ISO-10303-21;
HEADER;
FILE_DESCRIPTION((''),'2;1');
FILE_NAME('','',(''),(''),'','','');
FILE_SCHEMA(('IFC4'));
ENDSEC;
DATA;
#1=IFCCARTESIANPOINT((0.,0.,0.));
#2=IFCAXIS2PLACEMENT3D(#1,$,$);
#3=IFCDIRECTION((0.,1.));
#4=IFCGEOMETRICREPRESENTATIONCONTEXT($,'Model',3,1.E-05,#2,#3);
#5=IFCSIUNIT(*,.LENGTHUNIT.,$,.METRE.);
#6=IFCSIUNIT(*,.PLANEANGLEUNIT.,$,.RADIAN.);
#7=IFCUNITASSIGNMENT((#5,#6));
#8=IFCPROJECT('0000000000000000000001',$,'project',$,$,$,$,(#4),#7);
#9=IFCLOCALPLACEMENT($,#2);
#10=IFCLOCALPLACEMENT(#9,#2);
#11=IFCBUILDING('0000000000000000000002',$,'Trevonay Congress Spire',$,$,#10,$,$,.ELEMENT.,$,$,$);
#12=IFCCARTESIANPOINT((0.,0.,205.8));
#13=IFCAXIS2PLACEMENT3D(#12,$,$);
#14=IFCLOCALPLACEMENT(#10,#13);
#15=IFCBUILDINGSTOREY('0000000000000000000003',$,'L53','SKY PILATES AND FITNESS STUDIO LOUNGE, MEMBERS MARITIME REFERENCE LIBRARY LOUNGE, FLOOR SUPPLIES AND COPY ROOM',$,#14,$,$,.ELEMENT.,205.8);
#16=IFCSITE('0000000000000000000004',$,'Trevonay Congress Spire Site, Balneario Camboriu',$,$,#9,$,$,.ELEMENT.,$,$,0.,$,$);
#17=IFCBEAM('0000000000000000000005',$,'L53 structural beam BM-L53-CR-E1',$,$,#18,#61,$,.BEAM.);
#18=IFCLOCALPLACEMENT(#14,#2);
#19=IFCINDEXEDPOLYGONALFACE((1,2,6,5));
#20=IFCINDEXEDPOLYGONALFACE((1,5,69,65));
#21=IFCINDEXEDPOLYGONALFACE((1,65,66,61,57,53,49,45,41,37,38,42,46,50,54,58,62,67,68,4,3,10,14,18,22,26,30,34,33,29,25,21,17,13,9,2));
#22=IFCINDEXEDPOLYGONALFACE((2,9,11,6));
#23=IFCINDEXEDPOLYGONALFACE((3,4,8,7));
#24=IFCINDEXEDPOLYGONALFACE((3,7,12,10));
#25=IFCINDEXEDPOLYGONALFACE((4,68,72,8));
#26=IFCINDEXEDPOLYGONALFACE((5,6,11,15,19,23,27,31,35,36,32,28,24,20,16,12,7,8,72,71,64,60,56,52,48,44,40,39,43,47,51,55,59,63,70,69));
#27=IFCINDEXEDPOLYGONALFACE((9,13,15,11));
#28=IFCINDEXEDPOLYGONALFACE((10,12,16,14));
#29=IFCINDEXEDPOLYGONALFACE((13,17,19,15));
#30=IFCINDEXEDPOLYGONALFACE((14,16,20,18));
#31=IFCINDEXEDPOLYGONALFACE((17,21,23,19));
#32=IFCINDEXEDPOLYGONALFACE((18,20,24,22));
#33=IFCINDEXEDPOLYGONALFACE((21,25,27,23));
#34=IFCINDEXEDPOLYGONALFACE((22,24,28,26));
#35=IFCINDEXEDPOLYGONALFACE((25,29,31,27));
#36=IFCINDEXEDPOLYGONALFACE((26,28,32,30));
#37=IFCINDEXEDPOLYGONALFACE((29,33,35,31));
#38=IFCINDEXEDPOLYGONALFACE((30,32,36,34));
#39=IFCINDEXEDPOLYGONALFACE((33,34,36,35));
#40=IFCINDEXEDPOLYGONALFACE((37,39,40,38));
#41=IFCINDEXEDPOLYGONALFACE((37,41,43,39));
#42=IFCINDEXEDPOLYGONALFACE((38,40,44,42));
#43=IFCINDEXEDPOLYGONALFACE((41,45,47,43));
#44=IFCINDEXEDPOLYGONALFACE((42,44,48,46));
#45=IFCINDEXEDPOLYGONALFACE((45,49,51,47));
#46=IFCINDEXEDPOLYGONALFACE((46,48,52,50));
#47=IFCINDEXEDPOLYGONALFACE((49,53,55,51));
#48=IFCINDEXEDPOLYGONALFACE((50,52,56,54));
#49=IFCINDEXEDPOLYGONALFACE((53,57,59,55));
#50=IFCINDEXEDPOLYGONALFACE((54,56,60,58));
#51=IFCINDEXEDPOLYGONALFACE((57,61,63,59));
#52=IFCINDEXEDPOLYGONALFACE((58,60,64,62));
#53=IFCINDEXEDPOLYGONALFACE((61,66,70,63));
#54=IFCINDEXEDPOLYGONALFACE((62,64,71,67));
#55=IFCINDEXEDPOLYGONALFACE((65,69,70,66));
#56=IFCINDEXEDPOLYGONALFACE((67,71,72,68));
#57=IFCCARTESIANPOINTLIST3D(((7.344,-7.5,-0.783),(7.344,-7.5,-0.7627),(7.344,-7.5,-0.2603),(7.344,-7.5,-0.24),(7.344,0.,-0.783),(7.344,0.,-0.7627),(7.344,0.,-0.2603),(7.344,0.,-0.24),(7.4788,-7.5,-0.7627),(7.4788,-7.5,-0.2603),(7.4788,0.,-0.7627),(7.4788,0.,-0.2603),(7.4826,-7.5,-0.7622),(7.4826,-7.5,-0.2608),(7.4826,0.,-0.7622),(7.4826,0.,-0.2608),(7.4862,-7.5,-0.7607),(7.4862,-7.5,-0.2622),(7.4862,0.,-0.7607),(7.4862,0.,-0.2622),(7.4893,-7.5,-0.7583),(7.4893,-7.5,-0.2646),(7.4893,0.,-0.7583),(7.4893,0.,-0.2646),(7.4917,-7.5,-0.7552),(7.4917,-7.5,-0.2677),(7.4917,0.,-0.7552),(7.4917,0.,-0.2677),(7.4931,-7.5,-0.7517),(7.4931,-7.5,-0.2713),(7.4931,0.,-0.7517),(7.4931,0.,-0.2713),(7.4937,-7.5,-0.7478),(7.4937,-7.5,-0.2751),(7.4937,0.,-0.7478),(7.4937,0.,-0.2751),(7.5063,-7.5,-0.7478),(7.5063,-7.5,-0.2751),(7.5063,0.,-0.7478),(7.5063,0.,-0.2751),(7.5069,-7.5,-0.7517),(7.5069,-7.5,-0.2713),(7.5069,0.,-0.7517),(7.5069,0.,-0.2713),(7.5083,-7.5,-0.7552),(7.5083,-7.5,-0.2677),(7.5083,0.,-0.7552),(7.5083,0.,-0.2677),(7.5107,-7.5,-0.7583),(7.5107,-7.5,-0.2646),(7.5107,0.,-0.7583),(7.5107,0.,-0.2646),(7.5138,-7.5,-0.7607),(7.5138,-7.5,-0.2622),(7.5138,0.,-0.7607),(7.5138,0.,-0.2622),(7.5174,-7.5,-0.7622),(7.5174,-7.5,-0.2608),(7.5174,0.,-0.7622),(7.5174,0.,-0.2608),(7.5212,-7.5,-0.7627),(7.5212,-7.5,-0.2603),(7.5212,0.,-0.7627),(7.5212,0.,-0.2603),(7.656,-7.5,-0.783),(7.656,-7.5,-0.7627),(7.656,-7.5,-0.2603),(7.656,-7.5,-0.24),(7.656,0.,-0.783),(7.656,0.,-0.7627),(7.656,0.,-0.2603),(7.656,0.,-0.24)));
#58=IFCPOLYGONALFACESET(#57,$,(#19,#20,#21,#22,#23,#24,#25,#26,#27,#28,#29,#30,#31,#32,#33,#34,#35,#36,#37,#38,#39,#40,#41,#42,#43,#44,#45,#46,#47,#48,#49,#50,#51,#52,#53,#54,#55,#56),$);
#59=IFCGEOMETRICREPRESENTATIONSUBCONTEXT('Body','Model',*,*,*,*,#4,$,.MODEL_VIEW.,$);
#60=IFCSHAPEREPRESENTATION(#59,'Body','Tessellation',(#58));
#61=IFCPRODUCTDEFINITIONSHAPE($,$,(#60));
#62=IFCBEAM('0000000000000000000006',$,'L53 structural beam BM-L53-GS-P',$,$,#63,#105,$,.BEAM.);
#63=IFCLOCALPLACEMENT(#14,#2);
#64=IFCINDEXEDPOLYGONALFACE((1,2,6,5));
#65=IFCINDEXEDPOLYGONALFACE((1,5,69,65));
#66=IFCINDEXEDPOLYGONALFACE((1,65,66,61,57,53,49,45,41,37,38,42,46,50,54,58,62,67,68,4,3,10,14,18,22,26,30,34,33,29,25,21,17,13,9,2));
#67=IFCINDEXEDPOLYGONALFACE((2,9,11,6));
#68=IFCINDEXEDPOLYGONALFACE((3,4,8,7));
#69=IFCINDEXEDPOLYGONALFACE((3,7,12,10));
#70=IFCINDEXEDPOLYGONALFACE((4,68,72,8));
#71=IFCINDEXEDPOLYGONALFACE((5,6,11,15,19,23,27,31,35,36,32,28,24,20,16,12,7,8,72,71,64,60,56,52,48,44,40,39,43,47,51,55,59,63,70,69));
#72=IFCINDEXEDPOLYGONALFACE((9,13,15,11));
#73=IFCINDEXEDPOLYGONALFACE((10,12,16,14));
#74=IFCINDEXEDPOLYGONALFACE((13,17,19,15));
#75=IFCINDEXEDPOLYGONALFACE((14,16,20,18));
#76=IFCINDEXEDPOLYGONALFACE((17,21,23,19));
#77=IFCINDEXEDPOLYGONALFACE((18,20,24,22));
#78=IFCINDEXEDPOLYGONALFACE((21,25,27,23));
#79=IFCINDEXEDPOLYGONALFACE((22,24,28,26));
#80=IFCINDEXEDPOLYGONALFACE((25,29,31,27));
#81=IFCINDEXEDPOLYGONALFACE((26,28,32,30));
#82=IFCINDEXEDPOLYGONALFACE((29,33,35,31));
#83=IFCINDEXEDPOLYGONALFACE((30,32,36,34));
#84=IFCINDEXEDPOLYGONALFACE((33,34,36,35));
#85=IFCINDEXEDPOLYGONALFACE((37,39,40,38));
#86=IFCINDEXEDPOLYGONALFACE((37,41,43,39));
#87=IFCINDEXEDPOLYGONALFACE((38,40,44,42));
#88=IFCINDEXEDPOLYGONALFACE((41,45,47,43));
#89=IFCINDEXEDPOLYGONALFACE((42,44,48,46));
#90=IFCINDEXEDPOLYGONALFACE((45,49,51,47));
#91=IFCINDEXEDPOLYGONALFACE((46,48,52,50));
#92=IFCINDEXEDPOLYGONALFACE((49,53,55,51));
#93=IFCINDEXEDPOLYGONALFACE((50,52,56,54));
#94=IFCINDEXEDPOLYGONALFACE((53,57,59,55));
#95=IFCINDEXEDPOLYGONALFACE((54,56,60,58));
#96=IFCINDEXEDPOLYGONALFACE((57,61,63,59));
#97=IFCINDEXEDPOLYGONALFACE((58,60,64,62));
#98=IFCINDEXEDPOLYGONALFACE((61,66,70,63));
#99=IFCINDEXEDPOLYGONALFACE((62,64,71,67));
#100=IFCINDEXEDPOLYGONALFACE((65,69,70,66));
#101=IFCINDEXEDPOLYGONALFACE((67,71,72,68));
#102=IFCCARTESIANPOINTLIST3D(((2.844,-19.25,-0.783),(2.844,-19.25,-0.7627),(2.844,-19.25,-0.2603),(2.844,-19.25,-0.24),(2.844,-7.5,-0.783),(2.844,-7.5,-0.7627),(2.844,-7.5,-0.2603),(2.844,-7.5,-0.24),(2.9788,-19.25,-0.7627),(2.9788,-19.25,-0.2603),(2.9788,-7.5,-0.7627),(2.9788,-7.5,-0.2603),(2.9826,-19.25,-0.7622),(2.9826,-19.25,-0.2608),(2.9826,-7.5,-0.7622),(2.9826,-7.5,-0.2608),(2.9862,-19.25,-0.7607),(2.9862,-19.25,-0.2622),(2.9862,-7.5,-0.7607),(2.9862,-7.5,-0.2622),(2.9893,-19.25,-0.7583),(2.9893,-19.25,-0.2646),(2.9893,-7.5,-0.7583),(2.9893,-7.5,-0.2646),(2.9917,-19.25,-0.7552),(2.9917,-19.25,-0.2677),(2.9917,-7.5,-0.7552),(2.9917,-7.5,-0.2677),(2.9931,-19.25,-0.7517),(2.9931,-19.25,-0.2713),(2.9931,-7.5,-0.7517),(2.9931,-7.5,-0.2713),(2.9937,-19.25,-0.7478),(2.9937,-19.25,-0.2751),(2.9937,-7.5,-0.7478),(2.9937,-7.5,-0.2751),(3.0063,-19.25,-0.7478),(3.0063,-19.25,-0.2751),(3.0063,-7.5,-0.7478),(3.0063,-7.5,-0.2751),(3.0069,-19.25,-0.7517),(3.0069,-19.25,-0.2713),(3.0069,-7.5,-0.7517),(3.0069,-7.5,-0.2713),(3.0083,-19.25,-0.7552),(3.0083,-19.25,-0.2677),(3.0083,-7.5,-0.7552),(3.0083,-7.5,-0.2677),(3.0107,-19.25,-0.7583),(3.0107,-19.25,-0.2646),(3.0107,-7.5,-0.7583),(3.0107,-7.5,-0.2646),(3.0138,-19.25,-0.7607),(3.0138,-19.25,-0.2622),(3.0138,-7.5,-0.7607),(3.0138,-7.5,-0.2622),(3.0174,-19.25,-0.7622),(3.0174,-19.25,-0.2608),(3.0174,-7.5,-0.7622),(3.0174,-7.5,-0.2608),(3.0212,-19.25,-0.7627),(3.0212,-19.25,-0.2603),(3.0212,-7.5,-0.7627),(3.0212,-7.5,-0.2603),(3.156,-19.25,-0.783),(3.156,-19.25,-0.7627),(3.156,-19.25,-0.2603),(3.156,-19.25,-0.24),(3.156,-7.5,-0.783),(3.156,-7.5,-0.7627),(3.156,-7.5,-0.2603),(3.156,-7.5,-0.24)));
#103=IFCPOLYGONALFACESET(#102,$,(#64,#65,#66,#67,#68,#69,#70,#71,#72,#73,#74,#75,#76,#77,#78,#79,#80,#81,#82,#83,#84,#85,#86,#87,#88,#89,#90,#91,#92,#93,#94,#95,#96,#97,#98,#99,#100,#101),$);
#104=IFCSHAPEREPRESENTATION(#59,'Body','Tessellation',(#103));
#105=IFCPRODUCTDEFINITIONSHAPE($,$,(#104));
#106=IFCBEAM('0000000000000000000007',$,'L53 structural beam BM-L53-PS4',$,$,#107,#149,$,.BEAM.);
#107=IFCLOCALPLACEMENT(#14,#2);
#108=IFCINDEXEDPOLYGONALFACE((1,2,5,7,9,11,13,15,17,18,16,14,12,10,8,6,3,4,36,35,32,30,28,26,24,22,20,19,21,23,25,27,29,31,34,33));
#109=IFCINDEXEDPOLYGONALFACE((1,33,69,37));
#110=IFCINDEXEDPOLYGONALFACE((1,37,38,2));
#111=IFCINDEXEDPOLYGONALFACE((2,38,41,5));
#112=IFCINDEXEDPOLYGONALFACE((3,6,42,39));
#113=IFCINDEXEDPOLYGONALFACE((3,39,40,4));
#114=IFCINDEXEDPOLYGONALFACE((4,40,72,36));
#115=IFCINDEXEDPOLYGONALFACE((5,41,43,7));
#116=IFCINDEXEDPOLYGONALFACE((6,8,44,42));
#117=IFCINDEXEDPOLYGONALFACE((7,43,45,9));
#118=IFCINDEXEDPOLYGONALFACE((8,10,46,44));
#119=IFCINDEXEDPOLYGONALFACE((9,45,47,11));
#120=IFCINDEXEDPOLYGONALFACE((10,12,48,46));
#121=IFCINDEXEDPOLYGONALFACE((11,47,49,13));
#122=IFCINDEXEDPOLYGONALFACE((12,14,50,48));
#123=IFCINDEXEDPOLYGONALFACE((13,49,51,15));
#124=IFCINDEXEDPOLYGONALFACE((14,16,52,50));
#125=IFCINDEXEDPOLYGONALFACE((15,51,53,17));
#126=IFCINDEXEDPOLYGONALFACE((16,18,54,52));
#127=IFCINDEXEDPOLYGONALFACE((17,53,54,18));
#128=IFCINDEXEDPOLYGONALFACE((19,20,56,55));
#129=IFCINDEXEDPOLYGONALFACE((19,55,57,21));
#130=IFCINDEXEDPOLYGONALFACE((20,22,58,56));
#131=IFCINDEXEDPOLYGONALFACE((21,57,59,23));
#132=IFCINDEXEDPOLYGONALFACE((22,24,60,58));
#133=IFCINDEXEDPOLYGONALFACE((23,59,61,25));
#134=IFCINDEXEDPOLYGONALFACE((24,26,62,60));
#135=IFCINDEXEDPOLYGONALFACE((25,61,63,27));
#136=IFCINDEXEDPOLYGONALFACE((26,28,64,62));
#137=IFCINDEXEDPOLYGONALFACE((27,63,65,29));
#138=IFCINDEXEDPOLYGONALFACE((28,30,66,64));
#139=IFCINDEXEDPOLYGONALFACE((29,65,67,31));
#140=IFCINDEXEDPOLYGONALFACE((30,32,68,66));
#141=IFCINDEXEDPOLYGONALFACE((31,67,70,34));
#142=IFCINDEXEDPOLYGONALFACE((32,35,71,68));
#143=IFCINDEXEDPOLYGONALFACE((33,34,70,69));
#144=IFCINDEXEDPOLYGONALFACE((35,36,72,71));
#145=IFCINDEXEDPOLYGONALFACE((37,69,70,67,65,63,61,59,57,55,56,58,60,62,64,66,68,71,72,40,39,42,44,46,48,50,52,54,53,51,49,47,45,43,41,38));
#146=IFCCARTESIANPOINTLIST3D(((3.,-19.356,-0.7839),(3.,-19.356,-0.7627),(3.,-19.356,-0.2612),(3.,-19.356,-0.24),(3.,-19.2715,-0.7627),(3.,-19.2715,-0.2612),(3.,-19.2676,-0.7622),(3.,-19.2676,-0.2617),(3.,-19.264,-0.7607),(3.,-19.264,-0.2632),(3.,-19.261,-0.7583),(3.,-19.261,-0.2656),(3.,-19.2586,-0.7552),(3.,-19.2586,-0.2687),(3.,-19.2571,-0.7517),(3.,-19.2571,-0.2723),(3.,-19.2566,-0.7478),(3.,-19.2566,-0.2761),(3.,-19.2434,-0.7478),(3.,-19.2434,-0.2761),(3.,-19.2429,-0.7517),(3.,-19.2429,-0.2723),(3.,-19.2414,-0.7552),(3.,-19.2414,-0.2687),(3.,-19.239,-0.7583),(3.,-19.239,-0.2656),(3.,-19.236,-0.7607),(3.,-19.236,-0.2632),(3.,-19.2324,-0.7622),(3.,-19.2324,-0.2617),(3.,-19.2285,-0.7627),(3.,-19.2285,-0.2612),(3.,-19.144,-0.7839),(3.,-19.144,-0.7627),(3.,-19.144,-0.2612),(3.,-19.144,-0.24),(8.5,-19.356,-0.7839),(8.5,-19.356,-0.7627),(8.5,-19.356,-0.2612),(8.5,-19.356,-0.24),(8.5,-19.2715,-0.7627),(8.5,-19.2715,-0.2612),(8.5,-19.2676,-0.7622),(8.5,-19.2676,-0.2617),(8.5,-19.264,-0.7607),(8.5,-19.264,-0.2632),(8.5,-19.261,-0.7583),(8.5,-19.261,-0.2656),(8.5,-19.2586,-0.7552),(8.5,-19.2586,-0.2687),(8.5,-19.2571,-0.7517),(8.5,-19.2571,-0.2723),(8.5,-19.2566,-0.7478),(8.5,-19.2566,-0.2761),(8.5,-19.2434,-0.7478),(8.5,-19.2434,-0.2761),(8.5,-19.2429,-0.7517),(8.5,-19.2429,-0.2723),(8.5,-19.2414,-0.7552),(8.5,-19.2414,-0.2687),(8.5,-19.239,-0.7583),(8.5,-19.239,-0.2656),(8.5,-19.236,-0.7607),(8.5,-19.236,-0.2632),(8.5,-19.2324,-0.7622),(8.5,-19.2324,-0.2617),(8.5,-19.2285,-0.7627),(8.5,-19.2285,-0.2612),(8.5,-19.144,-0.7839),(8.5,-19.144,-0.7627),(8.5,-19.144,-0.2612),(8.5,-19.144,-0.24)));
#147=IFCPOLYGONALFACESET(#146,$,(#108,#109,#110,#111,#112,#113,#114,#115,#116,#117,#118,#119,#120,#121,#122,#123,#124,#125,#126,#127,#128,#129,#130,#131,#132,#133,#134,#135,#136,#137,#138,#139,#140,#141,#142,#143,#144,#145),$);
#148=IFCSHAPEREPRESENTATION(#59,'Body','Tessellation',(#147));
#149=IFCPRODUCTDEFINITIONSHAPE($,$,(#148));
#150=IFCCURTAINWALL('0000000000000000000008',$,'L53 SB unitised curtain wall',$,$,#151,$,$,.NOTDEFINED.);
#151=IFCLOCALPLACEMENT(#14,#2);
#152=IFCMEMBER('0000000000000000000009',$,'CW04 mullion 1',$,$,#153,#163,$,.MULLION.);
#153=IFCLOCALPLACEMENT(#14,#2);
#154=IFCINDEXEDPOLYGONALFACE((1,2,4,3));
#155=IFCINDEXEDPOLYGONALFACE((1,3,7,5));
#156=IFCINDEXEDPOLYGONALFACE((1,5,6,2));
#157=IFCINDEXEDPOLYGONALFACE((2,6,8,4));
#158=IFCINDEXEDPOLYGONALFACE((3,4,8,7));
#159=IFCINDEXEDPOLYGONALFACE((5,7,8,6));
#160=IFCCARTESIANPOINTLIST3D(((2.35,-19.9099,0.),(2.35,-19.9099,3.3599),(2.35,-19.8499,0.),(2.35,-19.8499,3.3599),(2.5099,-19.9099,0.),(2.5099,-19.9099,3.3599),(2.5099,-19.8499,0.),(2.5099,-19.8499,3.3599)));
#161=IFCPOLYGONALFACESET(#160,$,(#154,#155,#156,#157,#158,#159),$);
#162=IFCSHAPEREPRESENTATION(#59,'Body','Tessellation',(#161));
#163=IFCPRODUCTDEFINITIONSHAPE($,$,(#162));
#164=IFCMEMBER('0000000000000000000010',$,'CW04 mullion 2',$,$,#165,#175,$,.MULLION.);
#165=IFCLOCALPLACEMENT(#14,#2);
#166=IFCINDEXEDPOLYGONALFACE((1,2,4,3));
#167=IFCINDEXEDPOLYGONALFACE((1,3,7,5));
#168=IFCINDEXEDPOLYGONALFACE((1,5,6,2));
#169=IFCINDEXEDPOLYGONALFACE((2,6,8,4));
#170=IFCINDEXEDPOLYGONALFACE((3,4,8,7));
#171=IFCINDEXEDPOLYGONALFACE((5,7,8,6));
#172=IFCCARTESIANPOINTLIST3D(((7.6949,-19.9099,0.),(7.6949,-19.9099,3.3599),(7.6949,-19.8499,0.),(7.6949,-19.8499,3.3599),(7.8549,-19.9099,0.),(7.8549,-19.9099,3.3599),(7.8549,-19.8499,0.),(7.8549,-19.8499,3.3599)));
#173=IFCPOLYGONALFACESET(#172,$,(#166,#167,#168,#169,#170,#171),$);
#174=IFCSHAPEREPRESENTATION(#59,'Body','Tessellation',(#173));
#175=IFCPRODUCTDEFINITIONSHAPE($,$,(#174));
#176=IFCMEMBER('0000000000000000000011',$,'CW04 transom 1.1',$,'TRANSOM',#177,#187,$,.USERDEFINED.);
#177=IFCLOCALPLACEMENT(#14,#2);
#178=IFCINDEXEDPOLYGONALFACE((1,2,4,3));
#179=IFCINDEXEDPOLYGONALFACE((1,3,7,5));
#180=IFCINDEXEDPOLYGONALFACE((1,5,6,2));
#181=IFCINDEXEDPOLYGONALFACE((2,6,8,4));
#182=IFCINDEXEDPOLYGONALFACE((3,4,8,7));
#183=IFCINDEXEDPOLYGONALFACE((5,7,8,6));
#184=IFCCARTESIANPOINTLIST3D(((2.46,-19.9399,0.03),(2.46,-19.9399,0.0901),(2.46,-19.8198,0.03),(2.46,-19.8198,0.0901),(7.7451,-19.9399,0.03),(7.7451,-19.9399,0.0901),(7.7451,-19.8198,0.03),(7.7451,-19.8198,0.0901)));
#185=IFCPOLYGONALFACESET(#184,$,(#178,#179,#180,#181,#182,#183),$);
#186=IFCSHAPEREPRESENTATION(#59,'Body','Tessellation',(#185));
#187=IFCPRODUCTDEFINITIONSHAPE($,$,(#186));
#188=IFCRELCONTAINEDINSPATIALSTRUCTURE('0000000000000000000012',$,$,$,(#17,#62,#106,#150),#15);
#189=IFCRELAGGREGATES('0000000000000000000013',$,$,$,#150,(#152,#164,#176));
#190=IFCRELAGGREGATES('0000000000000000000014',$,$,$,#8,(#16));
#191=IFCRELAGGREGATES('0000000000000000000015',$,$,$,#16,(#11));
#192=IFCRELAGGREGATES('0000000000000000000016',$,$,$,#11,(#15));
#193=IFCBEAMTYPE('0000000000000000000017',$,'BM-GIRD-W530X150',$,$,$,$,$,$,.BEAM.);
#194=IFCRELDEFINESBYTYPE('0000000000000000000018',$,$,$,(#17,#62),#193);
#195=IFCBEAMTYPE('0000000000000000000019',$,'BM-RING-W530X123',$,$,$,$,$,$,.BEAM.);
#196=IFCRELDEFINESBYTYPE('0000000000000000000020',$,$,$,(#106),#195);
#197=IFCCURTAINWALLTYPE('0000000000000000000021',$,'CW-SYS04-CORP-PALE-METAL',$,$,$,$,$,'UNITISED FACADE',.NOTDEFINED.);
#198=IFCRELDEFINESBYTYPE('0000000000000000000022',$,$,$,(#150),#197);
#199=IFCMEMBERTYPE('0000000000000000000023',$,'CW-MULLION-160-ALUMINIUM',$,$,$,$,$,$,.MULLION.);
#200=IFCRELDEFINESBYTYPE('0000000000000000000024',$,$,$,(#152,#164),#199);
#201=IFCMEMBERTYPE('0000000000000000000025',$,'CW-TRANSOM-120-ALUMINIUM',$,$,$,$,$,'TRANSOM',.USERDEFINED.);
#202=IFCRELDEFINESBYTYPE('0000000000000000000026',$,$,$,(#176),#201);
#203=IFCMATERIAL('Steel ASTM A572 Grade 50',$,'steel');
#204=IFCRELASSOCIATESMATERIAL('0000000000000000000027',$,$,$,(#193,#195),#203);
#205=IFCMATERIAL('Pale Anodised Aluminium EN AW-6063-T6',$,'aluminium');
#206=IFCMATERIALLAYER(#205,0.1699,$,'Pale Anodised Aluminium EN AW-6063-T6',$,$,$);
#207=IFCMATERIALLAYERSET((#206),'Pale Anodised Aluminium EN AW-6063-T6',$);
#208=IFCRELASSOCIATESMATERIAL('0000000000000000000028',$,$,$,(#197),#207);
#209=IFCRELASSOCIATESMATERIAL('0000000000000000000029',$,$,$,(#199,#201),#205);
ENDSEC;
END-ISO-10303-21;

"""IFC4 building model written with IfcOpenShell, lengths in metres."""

from ifc_helpers import new_model, si_unit, direction, frame, origin, origin_2d, place, context, subcontext, project, spatial, rectangle, i_section, extrude, material, layer, layer_set, material_profile, profile_set, type_object, element, aggregate, save


model = new_model("IFC4")

# Units and contexts
model_context = context("Model", 3, precision=1e-05, world=origin(), true_north=direction((0.0, 1.0)))
body_context = subcontext(model_context, "Body", "Model", "MODEL_VIEW")
ifc_project = project(units=[si_unit("LENGTHUNIT", "METRE"), si_unit("PLANEANGLEUNIT", "RADIAN")], contexts=[model_context])

# Site, building, storey
site_placement = place(None, origin())
site = spatial("IfcSite", under=ifc_project, at=site_placement, Name="Trevonay Congress Spire Site, Balneario Camboriu", CompositionType="ELEMENT", RefElevation=0.0)
building_placement = place(site_placement, origin())
building = spatial("IfcBuilding", under=site, at=building_placement, Name="Trevonay Congress Spire", CompositionType="ELEMENT")
storey_placement = place(building_placement, frame((0.0, 0.0, 205.8)))
storey = spatial("IfcBuildingStorey", under=building, at=storey_placement, Name="L53", Description="SKY PILATES AND FITNESS STUDIO LOUNGE, MEMBERS MARITIME REFERENCE LIBRARY LOUNGE, FLOOR SUPPLIES AND COPY ROOM", CompositionType="ELEMENT", Elevation=205.8)

# Shared definitions
ifc_material_1 = material(Name="Steel ASTM A572 Grade 50", Category="steel")

# Beams
ifc_material_profile_1 = material_profile(ifc_material_1, i_section(OverallWidth=0.312, OverallDepth=0.543, WebThickness=0.0127, FlangeThickness=0.0203, FilletRadius=0.0149, at=origin_2d()), Name="W530x150")
ifc_profile_set_1 = profile_set([ifc_material_profile_1], Name="Steel ASTM A572 Grade 50")
beam_type_1 = type_object("IfcBeamType", Name="BM-GIRD-W530X150", PredefinedType="BEAM", material=ifc_profile_set_1)
beam_1_placement = place(storey_placement, frame((7.5, -7.5, -0.5115), z_axis=(0.0, 1.0, 0.0), x_axis=(-1.0, 0.0, 0.0)))
element("IfcBeam", 1, at=beam_1_placement, inside=storey, type_object=beam_type_1, Name="L53 structural beam BM-L53-CR-E1", PredefinedType="BEAM", context=body_context, shape_type="SweptSolid", body=[
    extrude(i_section(OverallWidth=0.312, OverallDepth=0.543, WebThickness=0.0127, FlangeThickness=0.0203, FilletRadius=0.0149, at=origin_2d()), origin(), (0.0, 0.0, 1.0), 7.5),
])
beam_2_placement = place(storey_placement, frame((3.0, -7.5, -0.5115), z_axis=(0.0, -1.0, 0.0), x_axis=(1.0, 0.0, 0.0)))
element("IfcBeam", 2, at=beam_2_placement, inside=storey, type_object=beam_type_1, Name="L53 structural beam BM-L53-GS-P", PredefinedType="BEAM", context=body_context, shape_type="SweptSolid", body=[
    extrude(i_section(OverallWidth=0.312, OverallDepth=0.543, WebThickness=0.0127, FlangeThickness=0.0203, FilletRadius=0.0149, at=origin_2d()), origin(), (0.0, 0.0, 1.0), 11.75),
])
ifc_material_profile_2 = material_profile(ifc_material_1, i_section(OverallWidth=0.2119, OverallDepth=0.5439, WebThickness=0.0132, FlangeThickness=0.0212, FilletRadius=0.0149, at=origin_2d()), Name="W530x123")
ifc_profile_set_2 = profile_set([ifc_material_profile_2], Name="Steel ASTM A572 Grade 50")
beam_type_2 = type_object("IfcBeamType", Name="BM-RING-W530X123", PredefinedType="BEAM", material=ifc_profile_set_2)
beam_3_placement = place(storey_placement, frame((3.0, -19.25, -0.512), z_axis=(1.0, 0.0, 0.0), x_axis=(0.0, 1.0, 0.0)))
element("IfcBeam", 3, at=beam_3_placement, inside=storey, type_object=beam_type_2, Name="L53 structural beam BM-L53-PS4", PredefinedType="BEAM", context=body_context, shape_type="SweptSolid", body=[
    extrude(i_section(OverallWidth=0.2119, OverallDepth=0.5439, WebThickness=0.0132, FlangeThickness=0.0212, FilletRadius=0.0149, at=origin_2d()), origin(), (0.0, 0.0, 1.0), 5.5),
])

# Curtain wall, members
ifc_material_2 = material(Name="Pale Anodised Aluminium EN AW-6063-T6", Category="aluminium")
ifc_layer_1 = layer(ifc_material_2, 0.1699, Name="Pale Anodised Aluminium EN AW-6063-T6")
ifc_layer_set_1 = layer_set([ifc_layer_1], Name="Pale Anodised Aluminium EN AW-6063-T6")
curtain_wall_type = type_object("IfcCurtainWallType", Name="CW-SYS04-CORP-PALE-METAL", ElementType="UNITISED FACADE", PredefinedType="NOTDEFINED", material=ifc_layer_set_1)
curtain_wall_placement = place(storey_placement, origin())
curtain_wall = element("IfcCurtainWall", 4, at=curtain_wall_placement, inside=storey, type_object=curtain_wall_type, Name="L53 SB unitised curtain wall", PredefinedType="NOTDEFINED")
ifc_material_profile_3 = material_profile(ifc_material_2, rectangle(XDim=0.0601, YDim=0.1599, at=origin_2d()), Name="CW-MULLION-160-ALUMINIUM")
ifc_profile_set_3 = profile_set([ifc_material_profile_3], Name="Pale Anodised Aluminium EN AW-6063-T6")
member_type_1 = type_object("IfcMemberType", Name="CW-MULLION-160-ALUMINIUM", PredefinedType="MULLION", material=ifc_profile_set_3)
member_1_placement = place(storey_placement, frame((2.4299, -19.8799, 0.0), z_axis=(0.0, 0.0, 1.0), x_axis=(0.0, 1.0, 0.0)))
member_1 = element("IfcMember", 5, at=member_1_placement, type_object=member_type_1, Name="CW04 mullion 1", PredefinedType="MULLION", context=body_context, shape_type="SweptSolid", body=[
    extrude(rectangle(XDim=0.0601, YDim=0.1599, at=origin_2d()), origin(), (0.0, 0.0, 1.0), 3.3599),
])
member_2_placement = place(storey_placement, frame((7.7749, -19.8799, 0.0), z_axis=(0.0, 0.0, 1.0), x_axis=(0.0, 1.0, 0.0)))
member_2 = element("IfcMember", 6, at=member_2_placement, type_object=member_type_1, Name="CW04 mullion 2", PredefinedType="MULLION", context=body_context, shape_type="SweptSolid", body=[
    extrude(rectangle(XDim=0.0601, YDim=0.1599, at=origin_2d()), origin(), (0.0, 0.0, 1.0), 3.3599),
])
ifc_material_profile_4 = material_profile(ifc_material_2, rectangle(XDim=0.1201, YDim=0.0601, at=origin_2d()), Name="CW-TRANSOM-120-ALUMINIUM")
ifc_profile_set_4 = profile_set([ifc_material_profile_4], Name="Pale Anodised Aluminium EN AW-6063-T6")
member_type_2 = type_object("IfcMemberType", Name="CW-TRANSOM-120-ALUMINIUM", ElementType="TRANSOM", PredefinedType="USERDEFINED", material=ifc_profile_set_4)
member_3_placement = place(storey_placement, frame((2.46, -19.8799, 0.0601), z_axis=(1.0, 0.0, 0.0), x_axis=(0.0, 1.0, 0.0)))
member_3 = element("IfcMember", 7, at=member_3_placement, type_object=member_type_2, Name="CW04 transom 1.1", ObjectType="TRANSOM", PredefinedType="USERDEFINED", context=body_context, shape_type="SweptSolid", body=[
    extrude(rectangle(XDim=0.1201, YDim=0.0601, at=origin_2d()), origin(), (0.0, 0.0, 1.0), 5.2852),
])

aggregate(curtain_wall, [member_1, member_2, member_3])

save(model, "model.ifc")
